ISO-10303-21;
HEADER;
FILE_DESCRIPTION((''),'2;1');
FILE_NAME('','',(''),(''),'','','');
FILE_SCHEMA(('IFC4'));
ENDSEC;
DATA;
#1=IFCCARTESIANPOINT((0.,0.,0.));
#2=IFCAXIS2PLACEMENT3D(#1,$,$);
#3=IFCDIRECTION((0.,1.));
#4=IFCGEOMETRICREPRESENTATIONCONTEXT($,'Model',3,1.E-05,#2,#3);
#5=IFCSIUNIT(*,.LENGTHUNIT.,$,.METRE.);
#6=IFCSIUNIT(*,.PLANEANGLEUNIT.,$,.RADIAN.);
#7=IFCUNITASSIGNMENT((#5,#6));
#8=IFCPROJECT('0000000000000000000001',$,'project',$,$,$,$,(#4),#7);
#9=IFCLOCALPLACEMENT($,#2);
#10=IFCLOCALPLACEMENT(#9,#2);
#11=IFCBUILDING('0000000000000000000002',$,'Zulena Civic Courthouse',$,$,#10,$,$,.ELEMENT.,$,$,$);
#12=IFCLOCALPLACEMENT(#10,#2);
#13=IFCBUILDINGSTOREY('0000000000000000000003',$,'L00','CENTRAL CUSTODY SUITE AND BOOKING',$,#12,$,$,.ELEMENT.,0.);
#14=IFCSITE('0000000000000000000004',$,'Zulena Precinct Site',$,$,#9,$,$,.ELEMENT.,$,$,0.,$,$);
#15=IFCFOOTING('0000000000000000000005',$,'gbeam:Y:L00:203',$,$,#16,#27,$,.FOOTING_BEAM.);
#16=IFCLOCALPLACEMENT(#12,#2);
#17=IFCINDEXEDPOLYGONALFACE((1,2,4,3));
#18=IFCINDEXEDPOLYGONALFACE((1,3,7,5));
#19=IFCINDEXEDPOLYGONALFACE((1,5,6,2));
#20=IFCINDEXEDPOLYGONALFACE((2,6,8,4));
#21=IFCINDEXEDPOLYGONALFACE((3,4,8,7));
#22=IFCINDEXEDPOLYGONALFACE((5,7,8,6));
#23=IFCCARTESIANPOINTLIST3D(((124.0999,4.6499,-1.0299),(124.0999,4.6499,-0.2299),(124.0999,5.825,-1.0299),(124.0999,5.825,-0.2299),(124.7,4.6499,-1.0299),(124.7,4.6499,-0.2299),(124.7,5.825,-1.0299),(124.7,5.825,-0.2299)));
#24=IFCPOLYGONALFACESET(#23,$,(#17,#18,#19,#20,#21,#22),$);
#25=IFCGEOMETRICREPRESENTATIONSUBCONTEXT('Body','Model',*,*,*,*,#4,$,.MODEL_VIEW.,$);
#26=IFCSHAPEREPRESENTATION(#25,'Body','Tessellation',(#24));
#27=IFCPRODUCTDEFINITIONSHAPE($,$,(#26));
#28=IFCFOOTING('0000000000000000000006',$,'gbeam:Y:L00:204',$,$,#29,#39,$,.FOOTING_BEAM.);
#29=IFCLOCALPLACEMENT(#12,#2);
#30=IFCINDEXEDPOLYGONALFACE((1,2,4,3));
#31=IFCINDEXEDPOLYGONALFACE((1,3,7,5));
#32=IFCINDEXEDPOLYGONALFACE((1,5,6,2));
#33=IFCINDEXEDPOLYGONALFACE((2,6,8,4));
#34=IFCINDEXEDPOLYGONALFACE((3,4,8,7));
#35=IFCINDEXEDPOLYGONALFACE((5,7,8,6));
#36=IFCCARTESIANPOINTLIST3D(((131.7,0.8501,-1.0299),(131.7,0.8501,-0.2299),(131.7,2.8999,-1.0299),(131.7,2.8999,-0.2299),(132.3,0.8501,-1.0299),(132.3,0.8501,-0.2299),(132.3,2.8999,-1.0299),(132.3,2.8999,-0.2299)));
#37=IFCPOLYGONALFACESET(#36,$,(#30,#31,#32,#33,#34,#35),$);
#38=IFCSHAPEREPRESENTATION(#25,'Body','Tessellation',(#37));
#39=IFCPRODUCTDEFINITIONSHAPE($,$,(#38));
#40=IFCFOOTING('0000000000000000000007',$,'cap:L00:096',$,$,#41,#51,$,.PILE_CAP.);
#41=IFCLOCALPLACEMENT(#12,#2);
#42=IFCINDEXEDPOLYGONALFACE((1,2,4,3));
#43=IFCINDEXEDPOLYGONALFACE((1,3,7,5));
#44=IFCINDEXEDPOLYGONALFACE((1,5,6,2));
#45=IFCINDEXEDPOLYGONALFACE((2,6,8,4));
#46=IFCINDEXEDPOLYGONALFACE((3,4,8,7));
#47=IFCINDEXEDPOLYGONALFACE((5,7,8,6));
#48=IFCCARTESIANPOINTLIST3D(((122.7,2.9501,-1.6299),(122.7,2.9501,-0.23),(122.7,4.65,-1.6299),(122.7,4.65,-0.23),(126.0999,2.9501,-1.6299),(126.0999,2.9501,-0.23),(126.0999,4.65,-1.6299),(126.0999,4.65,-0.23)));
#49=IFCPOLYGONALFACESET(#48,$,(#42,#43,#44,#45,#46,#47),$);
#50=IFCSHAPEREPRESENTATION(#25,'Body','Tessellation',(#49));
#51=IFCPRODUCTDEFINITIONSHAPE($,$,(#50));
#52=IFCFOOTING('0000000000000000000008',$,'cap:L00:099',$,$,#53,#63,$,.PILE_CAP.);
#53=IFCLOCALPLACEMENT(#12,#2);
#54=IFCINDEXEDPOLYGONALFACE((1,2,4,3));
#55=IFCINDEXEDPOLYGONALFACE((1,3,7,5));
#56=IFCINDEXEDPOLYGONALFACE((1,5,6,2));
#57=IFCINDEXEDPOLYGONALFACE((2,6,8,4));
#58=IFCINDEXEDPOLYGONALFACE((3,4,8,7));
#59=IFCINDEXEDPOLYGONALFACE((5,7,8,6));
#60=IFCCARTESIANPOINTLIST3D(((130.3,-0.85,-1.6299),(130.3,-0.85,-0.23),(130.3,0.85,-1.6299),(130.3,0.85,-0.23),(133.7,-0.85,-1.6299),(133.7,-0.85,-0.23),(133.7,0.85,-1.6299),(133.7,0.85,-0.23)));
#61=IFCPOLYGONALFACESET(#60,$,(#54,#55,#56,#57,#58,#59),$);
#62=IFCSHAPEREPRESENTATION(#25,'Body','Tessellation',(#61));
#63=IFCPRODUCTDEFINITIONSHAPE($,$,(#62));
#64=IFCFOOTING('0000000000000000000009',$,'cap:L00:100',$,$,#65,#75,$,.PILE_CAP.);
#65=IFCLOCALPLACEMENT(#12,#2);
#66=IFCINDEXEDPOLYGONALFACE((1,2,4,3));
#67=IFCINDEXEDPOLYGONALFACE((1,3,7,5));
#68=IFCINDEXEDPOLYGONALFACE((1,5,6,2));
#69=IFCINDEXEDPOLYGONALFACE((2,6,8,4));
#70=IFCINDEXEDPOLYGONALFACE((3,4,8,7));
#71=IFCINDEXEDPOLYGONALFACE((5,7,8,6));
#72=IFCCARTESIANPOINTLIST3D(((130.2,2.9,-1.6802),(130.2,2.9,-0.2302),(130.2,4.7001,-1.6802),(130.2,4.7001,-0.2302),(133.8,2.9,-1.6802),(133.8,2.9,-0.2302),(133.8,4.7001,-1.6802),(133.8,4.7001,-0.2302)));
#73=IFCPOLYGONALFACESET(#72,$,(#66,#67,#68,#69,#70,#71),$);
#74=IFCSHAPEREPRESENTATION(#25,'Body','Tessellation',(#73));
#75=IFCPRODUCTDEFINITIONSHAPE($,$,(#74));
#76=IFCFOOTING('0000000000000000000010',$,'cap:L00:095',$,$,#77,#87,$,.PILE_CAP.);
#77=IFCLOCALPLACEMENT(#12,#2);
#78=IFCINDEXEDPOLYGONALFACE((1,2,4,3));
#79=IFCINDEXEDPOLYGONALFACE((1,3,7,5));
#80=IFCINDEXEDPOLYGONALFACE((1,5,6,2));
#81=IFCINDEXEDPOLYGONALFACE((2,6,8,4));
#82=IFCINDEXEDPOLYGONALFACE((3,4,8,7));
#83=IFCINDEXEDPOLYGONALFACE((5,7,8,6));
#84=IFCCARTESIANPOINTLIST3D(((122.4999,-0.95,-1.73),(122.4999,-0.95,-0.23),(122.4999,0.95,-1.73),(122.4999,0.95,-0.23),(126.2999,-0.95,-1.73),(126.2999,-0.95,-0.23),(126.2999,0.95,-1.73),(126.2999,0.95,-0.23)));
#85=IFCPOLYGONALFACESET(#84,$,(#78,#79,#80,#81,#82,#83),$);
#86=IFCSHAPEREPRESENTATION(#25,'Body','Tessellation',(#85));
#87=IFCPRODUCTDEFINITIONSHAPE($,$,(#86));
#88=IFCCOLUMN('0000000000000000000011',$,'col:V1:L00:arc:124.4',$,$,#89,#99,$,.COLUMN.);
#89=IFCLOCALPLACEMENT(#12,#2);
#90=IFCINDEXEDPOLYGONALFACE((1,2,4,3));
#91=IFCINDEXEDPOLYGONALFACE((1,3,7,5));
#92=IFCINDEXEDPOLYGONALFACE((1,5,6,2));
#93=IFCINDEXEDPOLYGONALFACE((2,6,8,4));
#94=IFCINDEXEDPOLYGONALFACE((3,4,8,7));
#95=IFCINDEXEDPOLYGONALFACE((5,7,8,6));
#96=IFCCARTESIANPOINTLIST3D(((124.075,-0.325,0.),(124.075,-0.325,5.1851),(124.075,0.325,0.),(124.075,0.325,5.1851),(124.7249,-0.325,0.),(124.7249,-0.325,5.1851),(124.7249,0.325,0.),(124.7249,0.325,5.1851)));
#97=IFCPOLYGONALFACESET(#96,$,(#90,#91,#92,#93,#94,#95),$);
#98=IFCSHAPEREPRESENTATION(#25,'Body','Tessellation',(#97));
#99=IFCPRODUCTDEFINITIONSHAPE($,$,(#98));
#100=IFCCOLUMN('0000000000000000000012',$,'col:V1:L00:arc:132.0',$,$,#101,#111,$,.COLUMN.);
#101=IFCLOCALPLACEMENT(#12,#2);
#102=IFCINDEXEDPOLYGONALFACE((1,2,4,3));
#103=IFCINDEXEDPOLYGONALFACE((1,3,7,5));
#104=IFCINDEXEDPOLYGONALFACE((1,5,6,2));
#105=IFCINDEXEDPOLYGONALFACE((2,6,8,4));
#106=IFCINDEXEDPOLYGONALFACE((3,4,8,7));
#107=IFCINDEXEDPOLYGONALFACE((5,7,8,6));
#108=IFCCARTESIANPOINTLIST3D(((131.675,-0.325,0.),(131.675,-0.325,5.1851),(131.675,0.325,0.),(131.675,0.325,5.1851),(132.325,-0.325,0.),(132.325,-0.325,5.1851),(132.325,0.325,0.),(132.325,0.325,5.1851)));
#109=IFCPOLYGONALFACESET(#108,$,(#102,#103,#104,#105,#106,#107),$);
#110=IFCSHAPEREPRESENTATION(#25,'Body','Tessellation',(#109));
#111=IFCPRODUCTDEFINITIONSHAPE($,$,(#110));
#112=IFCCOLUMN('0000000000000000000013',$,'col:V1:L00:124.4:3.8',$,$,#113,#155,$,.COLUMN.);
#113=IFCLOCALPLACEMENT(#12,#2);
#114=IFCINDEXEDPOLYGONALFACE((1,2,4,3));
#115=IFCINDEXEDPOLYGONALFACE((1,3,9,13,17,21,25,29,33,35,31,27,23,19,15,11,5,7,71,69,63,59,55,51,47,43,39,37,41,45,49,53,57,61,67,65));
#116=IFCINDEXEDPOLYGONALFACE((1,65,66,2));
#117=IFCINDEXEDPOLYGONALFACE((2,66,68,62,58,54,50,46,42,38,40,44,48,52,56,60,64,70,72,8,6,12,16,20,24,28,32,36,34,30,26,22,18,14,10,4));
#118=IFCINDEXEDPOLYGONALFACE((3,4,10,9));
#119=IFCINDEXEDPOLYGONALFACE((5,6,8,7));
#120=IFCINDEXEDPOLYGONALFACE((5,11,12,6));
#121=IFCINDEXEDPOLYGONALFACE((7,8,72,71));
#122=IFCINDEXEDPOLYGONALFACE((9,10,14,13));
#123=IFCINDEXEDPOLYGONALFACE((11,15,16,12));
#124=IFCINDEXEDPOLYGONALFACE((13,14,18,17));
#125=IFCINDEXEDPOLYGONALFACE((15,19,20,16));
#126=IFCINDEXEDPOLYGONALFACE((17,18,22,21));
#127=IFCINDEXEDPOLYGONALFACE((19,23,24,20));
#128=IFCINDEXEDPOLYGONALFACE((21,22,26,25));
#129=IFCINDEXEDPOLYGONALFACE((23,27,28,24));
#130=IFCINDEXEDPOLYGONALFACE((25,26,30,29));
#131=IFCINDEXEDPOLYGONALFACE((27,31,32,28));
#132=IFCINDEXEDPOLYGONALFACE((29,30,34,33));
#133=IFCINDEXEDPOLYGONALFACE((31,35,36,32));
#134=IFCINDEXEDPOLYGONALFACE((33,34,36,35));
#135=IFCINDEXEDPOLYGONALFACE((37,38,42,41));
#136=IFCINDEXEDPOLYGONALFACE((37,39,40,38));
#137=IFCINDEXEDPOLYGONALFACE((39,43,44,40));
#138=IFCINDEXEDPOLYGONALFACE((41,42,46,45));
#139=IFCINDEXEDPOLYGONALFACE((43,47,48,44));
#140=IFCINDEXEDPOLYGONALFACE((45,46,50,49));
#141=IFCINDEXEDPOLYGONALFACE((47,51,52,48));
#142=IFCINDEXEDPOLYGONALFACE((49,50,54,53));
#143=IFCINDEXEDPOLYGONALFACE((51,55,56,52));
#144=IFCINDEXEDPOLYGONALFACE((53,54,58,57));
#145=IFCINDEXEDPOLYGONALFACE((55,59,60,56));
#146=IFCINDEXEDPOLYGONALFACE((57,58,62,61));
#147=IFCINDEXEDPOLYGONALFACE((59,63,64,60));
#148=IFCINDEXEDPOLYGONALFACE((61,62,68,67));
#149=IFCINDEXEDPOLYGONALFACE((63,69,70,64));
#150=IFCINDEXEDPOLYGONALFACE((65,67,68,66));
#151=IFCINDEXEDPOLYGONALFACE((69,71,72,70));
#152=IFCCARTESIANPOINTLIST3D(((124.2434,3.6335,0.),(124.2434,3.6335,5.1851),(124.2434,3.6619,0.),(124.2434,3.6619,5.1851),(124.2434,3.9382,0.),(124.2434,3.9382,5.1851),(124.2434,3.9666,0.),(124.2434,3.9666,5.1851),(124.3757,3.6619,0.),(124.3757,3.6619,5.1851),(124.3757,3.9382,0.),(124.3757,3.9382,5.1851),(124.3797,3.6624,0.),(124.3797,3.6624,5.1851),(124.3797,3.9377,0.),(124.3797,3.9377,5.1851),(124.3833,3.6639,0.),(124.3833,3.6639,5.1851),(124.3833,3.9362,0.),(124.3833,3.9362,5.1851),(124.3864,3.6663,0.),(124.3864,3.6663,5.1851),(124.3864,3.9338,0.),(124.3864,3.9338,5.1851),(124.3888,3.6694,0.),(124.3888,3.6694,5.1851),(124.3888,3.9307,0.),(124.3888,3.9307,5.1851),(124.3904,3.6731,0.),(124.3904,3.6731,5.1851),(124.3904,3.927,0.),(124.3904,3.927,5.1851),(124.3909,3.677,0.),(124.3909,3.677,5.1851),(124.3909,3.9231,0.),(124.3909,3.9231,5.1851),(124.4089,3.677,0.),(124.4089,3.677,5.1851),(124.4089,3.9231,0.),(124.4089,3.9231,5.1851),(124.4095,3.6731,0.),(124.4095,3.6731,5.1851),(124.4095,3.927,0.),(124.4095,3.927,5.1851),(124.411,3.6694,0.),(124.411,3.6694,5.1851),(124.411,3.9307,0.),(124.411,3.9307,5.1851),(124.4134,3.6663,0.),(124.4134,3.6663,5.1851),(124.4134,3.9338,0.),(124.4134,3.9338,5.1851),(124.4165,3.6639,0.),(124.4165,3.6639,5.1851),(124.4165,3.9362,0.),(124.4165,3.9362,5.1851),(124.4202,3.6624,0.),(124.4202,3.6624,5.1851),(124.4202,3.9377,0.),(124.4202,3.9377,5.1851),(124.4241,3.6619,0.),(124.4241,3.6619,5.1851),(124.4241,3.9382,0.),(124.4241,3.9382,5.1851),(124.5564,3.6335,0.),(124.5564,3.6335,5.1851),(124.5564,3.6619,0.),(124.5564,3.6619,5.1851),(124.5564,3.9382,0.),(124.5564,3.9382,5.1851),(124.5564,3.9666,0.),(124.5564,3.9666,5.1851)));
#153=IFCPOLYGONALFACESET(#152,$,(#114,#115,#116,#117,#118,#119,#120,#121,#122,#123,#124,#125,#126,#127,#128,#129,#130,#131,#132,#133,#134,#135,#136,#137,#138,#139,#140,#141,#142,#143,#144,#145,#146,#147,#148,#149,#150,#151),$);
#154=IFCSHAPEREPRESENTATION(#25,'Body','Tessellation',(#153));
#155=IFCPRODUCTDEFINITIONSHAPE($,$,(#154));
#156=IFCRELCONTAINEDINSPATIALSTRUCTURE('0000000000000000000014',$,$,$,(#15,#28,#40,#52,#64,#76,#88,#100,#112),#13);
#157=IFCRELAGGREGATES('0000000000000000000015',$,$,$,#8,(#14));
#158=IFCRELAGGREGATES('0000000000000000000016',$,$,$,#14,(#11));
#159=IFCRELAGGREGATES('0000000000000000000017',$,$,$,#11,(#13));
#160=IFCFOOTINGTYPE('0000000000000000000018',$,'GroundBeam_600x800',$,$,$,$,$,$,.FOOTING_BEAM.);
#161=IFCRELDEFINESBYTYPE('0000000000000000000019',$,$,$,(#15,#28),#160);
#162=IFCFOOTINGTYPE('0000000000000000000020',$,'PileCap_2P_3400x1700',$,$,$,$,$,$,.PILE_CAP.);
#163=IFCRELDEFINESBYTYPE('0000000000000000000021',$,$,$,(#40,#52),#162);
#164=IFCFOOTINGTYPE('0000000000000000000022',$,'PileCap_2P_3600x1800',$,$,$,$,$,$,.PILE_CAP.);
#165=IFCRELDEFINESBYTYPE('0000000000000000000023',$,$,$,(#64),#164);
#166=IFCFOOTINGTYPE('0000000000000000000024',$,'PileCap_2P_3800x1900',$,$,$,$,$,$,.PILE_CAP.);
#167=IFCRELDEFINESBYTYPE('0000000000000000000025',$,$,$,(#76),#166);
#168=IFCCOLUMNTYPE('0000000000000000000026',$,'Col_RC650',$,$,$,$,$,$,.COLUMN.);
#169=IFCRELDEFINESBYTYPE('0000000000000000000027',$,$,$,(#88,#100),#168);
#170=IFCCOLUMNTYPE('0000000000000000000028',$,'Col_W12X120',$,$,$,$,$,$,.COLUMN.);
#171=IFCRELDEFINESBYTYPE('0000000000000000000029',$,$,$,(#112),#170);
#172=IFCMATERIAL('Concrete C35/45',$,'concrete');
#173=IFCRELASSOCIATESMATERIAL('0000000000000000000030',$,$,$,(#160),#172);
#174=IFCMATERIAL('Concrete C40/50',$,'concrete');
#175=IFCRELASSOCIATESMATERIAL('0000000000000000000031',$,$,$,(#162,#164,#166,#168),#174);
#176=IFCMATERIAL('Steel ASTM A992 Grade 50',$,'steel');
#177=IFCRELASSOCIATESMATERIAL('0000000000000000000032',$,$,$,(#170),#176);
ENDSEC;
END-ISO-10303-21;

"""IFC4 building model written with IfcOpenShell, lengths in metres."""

from ifc_helpers import new_model, si_unit, direction, frame, origin, origin_2d, place, context, subcontext, project, spatial, rectangle, i_section, extrude, material, material_profile, profile_set, type_object, element, save


model = new_model("IFC4")

# Units and contexts
model_context = context("Model", 3, precision=1e-05, world=origin(), true_north=direction((0.0, 1.0)))
body_context = subcontext(model_context, "Body", "Model", "MODEL_VIEW")
ifc_project = project(units=[si_unit("LENGTHUNIT", "METRE"), si_unit("PLANEANGLEUNIT", "RADIAN")], contexts=[model_context])

# Site, building, storey
site_placement = place(None, origin())
site = spatial("IfcSite", under=ifc_project, at=site_placement, Name="Zulena Precinct Site", CompositionType="ELEMENT", RefElevation=0.0)
building_placement = place(site_placement, origin())
building = spatial("IfcBuilding", under=site, at=building_placement, Name="Zulena Civic Courthouse", CompositionType="ELEMENT")
storey_placement = place(building_placement, origin())
storey = spatial("IfcBuildingStorey", under=building, at=storey_placement, Name="L00", Description="CENTRAL CUSTODY SUITE AND BOOKING", CompositionType="ELEMENT", Elevation=0.0)

# Shared definitions
ifc_material_1 = material(Name="Concrete C40/50", Category="concrete")

# Footings
ifc_material_2 = material(Name="Concrete C35/45", Category="concrete")
ifc_material_profile_1 = material_profile(ifc_material_2, rectangle(XDim=0.6001, YDim=0.8, at=origin_2d()), Name="RC600X800")
ifc_profile_set_1 = profile_set([ifc_material_profile_1], Name="Concrete C35/45")
footing_type_1 = type_object("IfcFootingType", Name="GroundBeam_600x800", PredefinedType="FOOTING_BEAM", material=ifc_profile_set_1)
footing_1_placement = place(storey_placement, frame((124.3999, 4.6499, -0.6299), z_axis=(0.0, 1.0, 0.0), x_axis=(-1.0, 0.0, 0.0)))
element("IfcFooting", 1, at=footing_1_placement, inside=storey, type_object=footing_type_1, Name="gbeam:Y:L00:203", PredefinedType="FOOTING_BEAM", context=body_context, shape_type="SweptSolid", body=[
    extrude(rectangle(XDim=0.6001, YDim=0.8, at=origin_2d()), origin(), (0.0, 0.0, 1.0), 1.175),
])
footing_2_placement = place(storey_placement, frame((132.0, 0.8501, -0.6299), z_axis=(0.0, 1.0, 0.0), x_axis=(-1.0, 0.0, 0.0)))
element("IfcFooting", 2, at=footing_2_placement, inside=storey, type_object=footing_type_1, Name="gbeam:Y:L00:204", PredefinedType="FOOTING_BEAM", context=body_context, shape_type="SweptSolid", body=[
    extrude(rectangle(XDim=0.6001, YDim=0.8, at=origin_2d()), origin(), (0.0, 0.0, 1.0), 2.0498),
])
footing_type_2 = type_object("IfcFootingType", Name="PileCap_2P_3400x1700", PredefinedType="PILE_CAP", material=ifc_material_1)
for number, where, z_axis, x_axis, name in (
    (3, (124.3999, 3.8, -1.6299), (0.0, 0.0, 1.0), (1.0, 0.0, 0.0), "cap:L00:096"),
    (4, (132.0, 0.0, -1.6299), (0.0, 0.0, 1.0), (1.0, 0.0, 0.0), "cap:L00:099"),
):
    element("IfcFooting", number, at=place(storey_placement, frame(where, z_axis=z_axis, x_axis=x_axis)), inside=storey, type_object=footing_type_2, Name=name, PredefinedType="PILE_CAP", context=body_context, shape_type="SweptSolid", body=[
        extrude(rectangle(XDim=3.3999, YDim=1.7, at=origin_2d()), origin(), (0.0, 0.0, 1.0), 1.3999),
    ])
footing_type_3 = type_object("IfcFootingType", Name="PileCap_2P_3600x1800", PredefinedType="PILE_CAP", material=ifc_material_1)
footing_3_placement = place(storey_placement, frame((132.0, 3.8, -1.6802), z_axis=(0.0, 0.0, 1.0), x_axis=(1.0, 0.0, 0.0)))
element("IfcFooting", 5, at=footing_3_placement, inside=storey, type_object=footing_type_3, Name="cap:L00:100", PredefinedType="PILE_CAP", context=body_context, shape_type="SweptSolid", body=[
    extrude(rectangle(XDim=3.6001, YDim=1.8, at=origin_2d()), origin(), (0.0, 0.0, 1.0), 1.45),
])
footing_type_4 = type_object("IfcFootingType", Name="PileCap_2P_3800x1900", PredefinedType="PILE_CAP", material=ifc_material_1)
footing_4_placement = place(storey_placement, frame((124.3999, 0.0, -1.73), z_axis=(0.0, 0.0, 1.0), x_axis=(1.0, 0.0, 0.0)))
element("IfcFooting", 6, at=footing_4_placement, inside=storey, type_object=footing_type_4, Name="cap:L00:095", PredefinedType="PILE_CAP", context=body_context, shape_type="SweptSolid", body=[
    extrude(rectangle(XDim=3.8, YDim=1.8999, at=origin_2d()), origin(), (0.0, 0.0, 1.0), 1.5),
])

# Columns
ifc_material_profile_2 = material_profile(ifc_material_1, rectangle(XDim=0.6499, YDim=0.6499, at=origin_2d()), Name="RC650X650")
ifc_profile_set_2 = profile_set([ifc_material_profile_2], Name="Concrete C40/50")
column_type_1 = type_object("IfcColumnType", Name="Col_RC650", PredefinedType="COLUMN", material=ifc_profile_set_2)
for number, where, z_axis, x_axis, name in (
    (7, (124.3999, 0.0, 0.0), (0.0, 0.0, 1.0), (1.0, 0.0, 0.0), "col:V1:L00:arc:124.4"),
    (8, (132.0, 0.0, 0.0), (0.0, 0.0, 1.0), (1.0, 0.0, 0.0), "col:V1:L00:arc:132.0"),
):
    element("IfcColumn", number, at=place(storey_placement, frame(where, z_axis=z_axis, x_axis=x_axis)), inside=storey, type_object=column_type_1, Name=name, PredefinedType="COLUMN", context=body_context, shape_type="SweptSolid", body=[
        extrude(rectangle(XDim=0.6499, YDim=0.6499, at=origin_2d()), origin(), (0.0, 0.0, 1.0), 5.1851),
    ])
ifc_material_3 = material(Name="Steel ASTM A992 Grade 50", Category="steel")
ifc_material_profile_3 = material_profile(ifc_material_3, i_section(OverallWidth=0.313, OverallDepth=0.333, WebThickness=0.0181, FlangeThickness=0.0283, FilletRadius=0.0151, at=origin_2d()), Name="W12X120")
ifc_profile_set_3 = profile_set([ifc_material_profile_3], Name="Steel ASTM A992 Grade 50")
column_type_2 = type_object("IfcColumnType", Name="Col_W12X120", PredefinedType="COLUMN", material=ifc_profile_set_3)
column_1_placement = place(storey_placement, frame((124.3999, 3.8, 0.0), z_axis=(0.0, 0.0, 1.0), x_axis=(1.0, 0.0, 0.0)))
element("IfcColumn", 9, at=column_1_placement, inside=storey, type_object=column_type_2, Name="col:V1:L00:124.4:3.8", PredefinedType="COLUMN", context=body_context, shape_type="SweptSolid", body=[
    extrude(i_section(OverallWidth=0.313, OverallDepth=0.333, WebThickness=0.0181, FlangeThickness=0.0283, FilletRadius=0.0151, at=origin_2d()), origin(), (0.0, 0.0, 1.0), 5.1851),
])

save(model, "model.ifc")
